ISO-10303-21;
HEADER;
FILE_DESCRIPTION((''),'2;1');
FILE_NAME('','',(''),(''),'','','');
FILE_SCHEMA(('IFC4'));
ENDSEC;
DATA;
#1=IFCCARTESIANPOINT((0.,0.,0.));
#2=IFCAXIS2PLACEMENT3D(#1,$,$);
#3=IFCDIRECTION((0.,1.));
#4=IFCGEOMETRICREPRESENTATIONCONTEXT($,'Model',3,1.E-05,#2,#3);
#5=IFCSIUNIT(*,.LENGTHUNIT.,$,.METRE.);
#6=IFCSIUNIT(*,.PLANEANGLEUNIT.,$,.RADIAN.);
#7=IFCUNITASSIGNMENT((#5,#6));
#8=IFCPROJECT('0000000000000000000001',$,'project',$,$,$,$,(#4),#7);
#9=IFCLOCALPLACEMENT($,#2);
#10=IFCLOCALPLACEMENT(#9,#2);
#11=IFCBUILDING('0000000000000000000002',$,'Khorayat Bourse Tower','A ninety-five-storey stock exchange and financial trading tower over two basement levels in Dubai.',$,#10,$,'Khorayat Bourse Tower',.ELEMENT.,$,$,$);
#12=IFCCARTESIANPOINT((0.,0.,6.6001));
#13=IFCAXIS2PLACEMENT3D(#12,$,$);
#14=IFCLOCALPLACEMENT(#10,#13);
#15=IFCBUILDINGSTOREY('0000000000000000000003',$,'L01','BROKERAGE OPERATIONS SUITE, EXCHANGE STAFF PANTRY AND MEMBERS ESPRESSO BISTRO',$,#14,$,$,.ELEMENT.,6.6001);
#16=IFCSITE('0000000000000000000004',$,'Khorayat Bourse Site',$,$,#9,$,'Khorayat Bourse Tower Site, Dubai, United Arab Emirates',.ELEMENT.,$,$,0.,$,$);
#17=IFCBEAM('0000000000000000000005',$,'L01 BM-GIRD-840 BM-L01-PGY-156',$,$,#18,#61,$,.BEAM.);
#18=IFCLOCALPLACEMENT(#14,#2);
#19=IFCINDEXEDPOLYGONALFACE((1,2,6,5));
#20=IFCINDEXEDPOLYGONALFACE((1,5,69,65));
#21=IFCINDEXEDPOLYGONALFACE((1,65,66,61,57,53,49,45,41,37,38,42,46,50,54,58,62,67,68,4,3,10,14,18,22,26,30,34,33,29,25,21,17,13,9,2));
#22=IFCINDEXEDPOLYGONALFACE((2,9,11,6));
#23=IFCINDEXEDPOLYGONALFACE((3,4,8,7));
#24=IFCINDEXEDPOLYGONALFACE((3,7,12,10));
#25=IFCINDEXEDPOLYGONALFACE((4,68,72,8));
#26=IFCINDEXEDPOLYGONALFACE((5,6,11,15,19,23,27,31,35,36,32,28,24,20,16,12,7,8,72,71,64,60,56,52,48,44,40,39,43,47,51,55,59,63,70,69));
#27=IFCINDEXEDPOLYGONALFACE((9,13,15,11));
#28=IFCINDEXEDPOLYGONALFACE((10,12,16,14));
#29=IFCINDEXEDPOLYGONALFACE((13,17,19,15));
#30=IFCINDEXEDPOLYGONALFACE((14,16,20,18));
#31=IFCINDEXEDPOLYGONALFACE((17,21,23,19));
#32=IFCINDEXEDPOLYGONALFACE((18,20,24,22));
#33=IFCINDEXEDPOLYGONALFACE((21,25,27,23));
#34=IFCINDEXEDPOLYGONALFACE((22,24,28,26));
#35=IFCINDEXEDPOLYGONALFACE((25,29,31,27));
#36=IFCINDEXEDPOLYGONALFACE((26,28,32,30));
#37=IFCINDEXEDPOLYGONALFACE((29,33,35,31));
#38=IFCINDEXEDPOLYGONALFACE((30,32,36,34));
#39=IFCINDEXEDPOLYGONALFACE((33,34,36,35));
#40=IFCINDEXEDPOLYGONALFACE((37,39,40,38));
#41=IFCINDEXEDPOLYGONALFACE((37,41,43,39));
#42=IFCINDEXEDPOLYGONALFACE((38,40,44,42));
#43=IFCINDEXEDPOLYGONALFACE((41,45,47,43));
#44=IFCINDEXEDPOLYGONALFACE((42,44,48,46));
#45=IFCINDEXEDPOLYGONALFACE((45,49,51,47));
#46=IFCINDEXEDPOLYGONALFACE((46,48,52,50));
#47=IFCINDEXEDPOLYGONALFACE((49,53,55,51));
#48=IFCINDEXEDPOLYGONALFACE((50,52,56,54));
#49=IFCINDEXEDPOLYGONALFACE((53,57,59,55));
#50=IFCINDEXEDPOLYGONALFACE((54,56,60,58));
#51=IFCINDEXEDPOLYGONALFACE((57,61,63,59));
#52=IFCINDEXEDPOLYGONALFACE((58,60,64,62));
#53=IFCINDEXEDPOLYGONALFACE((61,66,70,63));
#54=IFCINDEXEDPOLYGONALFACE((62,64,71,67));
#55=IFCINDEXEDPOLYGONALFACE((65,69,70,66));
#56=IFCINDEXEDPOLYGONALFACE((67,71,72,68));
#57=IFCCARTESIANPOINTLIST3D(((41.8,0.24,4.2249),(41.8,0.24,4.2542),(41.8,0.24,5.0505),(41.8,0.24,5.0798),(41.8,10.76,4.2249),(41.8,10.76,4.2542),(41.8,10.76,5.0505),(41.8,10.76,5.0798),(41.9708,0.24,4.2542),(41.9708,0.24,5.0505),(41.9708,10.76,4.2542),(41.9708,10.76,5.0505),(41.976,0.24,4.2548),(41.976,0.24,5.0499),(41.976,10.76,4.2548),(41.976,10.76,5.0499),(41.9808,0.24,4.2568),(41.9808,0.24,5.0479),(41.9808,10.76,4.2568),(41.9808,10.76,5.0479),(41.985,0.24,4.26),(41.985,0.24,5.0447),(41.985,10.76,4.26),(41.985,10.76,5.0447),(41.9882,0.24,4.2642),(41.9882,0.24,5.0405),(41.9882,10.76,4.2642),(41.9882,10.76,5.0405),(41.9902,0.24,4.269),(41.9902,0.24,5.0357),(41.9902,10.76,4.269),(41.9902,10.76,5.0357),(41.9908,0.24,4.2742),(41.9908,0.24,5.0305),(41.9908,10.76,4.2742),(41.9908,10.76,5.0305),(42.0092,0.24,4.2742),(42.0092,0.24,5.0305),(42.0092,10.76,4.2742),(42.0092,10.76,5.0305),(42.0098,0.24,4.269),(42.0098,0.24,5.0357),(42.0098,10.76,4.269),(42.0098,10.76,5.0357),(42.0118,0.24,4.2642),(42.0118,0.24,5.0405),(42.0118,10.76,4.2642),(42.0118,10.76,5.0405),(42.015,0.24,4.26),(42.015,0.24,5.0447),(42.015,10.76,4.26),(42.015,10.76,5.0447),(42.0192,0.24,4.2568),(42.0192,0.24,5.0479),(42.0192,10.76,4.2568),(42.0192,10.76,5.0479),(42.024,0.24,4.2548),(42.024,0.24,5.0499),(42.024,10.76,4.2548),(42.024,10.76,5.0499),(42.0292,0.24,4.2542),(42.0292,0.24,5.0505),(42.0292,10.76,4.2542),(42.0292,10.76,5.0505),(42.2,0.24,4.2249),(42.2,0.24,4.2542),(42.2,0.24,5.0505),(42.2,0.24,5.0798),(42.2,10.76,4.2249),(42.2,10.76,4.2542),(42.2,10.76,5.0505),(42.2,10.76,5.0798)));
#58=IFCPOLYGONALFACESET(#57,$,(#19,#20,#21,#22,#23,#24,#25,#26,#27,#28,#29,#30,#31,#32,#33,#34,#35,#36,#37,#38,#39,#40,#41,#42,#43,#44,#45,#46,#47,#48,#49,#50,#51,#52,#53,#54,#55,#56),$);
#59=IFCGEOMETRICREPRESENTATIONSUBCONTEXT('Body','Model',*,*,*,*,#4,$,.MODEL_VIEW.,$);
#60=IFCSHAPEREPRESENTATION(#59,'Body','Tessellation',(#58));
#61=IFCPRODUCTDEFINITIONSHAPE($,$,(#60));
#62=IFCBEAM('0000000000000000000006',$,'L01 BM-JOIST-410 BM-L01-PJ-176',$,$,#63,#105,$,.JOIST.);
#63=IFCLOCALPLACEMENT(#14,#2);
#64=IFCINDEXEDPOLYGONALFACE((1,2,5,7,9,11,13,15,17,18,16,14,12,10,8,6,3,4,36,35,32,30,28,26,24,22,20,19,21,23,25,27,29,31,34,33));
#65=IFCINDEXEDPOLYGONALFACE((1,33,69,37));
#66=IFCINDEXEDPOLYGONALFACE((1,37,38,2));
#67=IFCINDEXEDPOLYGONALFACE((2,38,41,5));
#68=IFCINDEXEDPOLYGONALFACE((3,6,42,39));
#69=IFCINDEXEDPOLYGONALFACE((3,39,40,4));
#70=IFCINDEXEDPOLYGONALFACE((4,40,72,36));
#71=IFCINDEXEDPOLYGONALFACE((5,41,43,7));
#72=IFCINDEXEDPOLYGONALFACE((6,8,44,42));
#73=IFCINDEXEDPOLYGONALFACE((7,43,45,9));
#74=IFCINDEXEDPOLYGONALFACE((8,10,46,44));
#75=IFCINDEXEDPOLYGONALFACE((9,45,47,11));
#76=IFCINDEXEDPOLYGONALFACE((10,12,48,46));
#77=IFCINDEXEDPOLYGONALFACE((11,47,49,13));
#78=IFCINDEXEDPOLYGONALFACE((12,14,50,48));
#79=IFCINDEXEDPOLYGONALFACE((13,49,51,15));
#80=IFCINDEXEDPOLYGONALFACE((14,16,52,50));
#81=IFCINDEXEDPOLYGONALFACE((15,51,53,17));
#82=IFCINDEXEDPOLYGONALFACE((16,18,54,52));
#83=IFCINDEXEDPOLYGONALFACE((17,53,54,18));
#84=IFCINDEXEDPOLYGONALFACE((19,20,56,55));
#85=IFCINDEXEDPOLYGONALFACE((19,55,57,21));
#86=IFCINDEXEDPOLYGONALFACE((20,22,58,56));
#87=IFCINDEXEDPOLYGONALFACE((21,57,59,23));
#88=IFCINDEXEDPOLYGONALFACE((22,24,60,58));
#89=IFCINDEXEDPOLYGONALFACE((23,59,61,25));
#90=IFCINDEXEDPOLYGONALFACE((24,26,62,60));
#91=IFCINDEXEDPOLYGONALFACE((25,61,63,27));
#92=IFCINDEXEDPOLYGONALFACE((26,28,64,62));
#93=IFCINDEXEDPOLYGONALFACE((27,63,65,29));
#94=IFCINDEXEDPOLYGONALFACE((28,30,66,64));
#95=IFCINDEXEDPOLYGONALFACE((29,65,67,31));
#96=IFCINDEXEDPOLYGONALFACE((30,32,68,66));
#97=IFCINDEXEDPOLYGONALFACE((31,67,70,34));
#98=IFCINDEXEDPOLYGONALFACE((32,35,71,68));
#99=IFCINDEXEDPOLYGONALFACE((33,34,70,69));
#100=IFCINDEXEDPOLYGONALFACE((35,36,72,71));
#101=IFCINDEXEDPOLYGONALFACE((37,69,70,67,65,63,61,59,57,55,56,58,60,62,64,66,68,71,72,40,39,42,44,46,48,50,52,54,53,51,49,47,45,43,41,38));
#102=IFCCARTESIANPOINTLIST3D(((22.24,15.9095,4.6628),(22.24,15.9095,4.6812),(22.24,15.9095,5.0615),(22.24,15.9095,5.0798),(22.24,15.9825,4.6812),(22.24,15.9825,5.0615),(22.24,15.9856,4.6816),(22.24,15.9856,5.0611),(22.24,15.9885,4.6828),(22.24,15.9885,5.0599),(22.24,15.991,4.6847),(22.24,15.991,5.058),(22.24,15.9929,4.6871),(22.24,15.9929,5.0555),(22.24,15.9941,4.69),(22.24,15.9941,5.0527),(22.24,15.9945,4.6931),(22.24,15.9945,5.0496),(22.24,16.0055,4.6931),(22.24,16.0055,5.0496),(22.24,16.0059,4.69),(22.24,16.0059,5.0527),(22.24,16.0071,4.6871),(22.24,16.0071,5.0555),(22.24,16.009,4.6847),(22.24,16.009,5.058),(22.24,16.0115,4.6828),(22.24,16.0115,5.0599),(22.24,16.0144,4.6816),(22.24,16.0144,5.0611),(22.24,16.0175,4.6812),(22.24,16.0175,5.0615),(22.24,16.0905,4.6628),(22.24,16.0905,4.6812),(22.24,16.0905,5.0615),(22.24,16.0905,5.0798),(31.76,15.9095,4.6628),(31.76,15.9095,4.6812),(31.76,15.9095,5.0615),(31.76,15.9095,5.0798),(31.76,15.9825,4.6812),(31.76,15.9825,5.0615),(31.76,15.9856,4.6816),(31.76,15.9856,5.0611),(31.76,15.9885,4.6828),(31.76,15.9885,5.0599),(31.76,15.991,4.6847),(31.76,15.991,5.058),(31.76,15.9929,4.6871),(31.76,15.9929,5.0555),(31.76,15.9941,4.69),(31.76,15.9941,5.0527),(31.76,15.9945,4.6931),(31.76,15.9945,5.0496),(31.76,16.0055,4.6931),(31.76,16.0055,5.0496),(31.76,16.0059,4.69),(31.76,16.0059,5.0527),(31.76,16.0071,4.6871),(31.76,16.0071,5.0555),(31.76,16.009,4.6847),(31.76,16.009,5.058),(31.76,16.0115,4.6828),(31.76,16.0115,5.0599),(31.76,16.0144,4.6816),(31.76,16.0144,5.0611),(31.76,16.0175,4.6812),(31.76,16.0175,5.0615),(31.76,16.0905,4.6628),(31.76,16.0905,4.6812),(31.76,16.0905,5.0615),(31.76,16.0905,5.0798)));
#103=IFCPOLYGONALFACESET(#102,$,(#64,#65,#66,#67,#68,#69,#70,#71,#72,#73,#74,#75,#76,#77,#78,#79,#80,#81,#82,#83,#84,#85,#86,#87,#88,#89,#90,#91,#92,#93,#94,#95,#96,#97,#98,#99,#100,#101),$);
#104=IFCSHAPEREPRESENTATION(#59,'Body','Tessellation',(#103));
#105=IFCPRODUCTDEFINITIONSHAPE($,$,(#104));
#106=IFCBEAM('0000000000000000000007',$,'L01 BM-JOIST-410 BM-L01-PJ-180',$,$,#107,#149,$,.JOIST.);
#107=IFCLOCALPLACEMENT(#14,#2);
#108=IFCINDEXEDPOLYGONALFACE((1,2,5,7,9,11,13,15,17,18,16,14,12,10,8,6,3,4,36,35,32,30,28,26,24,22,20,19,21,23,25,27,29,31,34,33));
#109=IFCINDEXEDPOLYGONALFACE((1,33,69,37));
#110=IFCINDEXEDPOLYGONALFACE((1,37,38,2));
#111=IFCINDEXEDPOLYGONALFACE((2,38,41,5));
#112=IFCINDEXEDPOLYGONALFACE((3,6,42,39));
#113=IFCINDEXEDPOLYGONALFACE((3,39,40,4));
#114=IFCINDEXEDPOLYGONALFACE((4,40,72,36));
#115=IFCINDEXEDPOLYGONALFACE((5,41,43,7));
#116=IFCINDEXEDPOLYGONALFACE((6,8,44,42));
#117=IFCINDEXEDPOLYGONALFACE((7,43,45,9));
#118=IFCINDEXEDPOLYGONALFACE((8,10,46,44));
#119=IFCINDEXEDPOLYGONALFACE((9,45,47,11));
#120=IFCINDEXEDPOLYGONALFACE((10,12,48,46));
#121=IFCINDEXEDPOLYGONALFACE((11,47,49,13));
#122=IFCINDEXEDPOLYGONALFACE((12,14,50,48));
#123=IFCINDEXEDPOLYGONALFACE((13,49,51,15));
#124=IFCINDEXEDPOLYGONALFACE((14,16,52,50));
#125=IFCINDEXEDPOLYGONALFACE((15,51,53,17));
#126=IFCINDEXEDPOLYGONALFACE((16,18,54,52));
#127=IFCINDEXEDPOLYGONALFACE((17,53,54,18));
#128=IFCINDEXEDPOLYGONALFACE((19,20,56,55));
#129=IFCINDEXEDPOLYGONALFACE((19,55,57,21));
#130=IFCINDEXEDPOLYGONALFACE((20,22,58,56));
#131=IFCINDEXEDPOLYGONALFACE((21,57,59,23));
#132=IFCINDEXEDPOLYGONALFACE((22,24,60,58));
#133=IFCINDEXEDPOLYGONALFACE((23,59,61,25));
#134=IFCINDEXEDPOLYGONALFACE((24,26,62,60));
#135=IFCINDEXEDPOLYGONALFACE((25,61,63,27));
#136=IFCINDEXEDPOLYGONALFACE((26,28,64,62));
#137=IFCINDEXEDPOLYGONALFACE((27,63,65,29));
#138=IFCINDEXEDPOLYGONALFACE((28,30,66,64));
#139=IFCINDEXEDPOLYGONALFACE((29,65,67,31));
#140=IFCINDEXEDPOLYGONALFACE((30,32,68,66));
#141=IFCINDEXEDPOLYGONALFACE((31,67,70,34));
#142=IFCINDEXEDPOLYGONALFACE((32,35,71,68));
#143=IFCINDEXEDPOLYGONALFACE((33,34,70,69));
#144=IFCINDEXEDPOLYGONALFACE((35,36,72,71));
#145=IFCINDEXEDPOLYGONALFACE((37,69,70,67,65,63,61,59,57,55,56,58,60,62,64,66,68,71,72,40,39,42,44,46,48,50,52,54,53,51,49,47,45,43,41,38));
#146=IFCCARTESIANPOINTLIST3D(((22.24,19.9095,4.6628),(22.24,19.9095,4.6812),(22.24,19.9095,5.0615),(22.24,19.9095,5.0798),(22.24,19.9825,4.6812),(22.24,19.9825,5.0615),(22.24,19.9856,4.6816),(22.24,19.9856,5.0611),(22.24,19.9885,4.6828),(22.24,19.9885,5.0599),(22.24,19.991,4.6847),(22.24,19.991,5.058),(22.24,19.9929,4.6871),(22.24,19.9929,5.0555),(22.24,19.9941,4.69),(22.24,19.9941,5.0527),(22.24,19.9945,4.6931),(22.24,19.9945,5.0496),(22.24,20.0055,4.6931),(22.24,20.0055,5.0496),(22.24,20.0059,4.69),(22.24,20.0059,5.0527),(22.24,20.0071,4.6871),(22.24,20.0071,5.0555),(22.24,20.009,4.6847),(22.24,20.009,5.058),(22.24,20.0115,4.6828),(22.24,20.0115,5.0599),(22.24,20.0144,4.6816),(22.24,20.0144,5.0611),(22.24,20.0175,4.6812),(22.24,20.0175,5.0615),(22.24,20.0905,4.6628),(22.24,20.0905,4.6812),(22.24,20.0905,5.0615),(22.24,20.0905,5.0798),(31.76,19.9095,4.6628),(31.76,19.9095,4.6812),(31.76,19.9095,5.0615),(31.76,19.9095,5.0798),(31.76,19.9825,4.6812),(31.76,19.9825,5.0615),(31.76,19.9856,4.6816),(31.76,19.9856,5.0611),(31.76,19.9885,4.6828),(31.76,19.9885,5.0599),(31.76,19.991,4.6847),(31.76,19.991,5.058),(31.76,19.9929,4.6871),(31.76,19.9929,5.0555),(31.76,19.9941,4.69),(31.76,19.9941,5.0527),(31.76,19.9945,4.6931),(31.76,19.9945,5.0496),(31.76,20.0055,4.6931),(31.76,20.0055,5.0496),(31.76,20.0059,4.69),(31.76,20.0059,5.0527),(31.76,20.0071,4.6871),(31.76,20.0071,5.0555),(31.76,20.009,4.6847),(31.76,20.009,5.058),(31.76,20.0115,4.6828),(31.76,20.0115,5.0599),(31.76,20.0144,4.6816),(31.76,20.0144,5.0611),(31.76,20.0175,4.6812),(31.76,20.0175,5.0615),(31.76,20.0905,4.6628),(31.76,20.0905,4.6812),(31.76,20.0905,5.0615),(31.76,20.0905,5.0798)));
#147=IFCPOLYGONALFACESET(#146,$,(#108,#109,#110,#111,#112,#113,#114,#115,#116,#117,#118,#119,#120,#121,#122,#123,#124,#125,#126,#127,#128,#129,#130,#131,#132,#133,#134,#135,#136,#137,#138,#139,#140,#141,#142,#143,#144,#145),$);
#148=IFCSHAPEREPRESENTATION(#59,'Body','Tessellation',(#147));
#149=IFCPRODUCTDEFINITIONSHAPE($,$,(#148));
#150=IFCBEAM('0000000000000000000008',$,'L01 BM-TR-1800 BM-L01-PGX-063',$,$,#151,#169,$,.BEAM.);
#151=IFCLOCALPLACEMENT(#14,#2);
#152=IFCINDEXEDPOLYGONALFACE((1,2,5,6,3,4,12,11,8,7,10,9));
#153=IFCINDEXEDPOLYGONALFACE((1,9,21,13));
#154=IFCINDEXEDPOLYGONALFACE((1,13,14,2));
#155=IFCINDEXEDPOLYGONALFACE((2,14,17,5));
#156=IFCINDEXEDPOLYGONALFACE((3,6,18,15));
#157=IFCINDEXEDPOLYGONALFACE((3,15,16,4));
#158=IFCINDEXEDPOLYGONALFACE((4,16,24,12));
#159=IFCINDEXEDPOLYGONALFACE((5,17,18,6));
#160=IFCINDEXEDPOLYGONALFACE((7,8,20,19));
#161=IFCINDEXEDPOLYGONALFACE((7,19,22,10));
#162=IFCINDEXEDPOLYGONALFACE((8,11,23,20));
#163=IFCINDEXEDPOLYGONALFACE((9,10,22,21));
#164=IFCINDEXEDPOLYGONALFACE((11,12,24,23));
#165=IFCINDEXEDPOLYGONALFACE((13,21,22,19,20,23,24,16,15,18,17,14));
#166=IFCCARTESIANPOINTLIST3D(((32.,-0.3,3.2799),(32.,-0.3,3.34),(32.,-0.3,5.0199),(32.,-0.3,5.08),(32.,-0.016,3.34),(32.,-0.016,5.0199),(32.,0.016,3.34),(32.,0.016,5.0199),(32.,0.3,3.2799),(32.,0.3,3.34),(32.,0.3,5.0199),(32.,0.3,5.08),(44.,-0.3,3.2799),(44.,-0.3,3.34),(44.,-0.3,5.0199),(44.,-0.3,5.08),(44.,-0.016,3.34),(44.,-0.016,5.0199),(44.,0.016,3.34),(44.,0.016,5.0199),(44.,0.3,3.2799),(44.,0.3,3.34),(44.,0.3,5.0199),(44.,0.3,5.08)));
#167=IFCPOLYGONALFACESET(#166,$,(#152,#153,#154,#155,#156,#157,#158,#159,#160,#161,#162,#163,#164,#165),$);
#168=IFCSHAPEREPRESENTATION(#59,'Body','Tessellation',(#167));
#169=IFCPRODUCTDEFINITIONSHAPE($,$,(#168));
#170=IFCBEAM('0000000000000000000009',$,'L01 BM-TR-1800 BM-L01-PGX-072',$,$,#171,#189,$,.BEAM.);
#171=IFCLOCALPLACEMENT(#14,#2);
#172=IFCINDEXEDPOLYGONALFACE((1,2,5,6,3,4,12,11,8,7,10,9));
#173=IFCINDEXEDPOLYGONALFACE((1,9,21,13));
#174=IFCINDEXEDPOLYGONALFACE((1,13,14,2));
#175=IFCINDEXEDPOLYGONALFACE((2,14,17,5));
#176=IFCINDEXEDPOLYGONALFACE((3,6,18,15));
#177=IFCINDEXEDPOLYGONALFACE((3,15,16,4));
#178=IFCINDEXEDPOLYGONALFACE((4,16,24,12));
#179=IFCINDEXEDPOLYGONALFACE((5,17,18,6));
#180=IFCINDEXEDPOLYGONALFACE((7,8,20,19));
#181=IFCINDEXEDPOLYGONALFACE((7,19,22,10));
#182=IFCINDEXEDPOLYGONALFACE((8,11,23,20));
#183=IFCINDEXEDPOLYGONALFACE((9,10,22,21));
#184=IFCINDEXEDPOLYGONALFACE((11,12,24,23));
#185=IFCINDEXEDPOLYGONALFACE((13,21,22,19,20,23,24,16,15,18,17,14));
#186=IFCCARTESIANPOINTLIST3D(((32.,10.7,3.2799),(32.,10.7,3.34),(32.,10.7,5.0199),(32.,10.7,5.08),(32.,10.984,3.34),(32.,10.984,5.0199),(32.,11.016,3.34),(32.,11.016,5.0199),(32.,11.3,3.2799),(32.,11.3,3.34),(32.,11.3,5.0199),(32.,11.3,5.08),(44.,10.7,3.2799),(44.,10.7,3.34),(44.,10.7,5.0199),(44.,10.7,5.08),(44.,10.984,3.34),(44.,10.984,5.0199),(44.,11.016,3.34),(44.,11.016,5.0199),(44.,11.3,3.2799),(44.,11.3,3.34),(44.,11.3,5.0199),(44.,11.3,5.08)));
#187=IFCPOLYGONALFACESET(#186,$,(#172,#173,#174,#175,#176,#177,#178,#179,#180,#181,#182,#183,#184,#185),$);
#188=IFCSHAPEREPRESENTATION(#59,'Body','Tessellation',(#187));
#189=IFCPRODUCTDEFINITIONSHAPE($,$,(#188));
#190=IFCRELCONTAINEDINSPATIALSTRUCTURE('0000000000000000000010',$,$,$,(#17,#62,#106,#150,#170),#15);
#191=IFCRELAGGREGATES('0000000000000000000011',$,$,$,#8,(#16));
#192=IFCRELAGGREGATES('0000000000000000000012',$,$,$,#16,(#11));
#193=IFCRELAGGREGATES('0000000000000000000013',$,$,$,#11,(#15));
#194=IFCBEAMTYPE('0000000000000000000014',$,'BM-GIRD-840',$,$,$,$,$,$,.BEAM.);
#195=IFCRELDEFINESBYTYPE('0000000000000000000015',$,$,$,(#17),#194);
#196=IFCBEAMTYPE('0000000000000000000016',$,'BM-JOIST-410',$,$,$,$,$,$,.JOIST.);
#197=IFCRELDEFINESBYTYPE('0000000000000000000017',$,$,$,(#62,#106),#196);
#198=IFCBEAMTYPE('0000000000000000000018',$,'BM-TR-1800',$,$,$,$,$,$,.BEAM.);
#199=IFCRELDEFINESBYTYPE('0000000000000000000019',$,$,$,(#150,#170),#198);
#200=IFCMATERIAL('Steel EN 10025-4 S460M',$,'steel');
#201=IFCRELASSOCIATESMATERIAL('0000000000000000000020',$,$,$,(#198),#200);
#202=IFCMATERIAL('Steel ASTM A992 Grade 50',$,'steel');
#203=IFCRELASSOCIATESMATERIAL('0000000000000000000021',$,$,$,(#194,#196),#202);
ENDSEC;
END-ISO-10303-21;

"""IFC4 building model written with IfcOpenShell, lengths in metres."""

from ifc_helpers import new_model, si_unit, direction, frame, origin, origin_2d, place, context, subcontext, project, spatial, i_section, extrude, source, transform, mapped, material, material_profile, profile_set, type_object, element, save


model = new_model("IFC4")

# Units and contexts
model_context = context("Model", 3, precision=1e-05, world=origin(), true_north=direction((0.0, 1.0)))
body_context = subcontext(model_context, "Body", "Model", "MODEL_VIEW")
ifc_project = project(units=[si_unit("LENGTHUNIT", "METRE"), si_unit("PLANEANGLEUNIT", "RADIAN")], contexts=[model_context])

# Site, building, storey
site_placement = place(None, origin())
site = spatial("IfcSite", under=ifc_project, at=site_placement, Name="Khorayat Bourse Site", LongName="Khorayat Bourse Tower Site, Dubai, United Arab Emirates", CompositionType="ELEMENT", RefElevation=0.0)
building_placement = place(site_placement, origin())
building = spatial("IfcBuilding", under=site, at=building_placement, Name="Khorayat Bourse Tower", Description="A ninety-five-storey stock exchange and financial trading tower over two basement levels in Dubai.", LongName="Khorayat Bourse Tower", CompositionType="ELEMENT")
storey_placement = place(building_placement, frame((0.0, 0.0, 6.6001)))
storey = spatial("IfcBuildingStorey", under=building, at=storey_placement, Name="L01", Description="BROKERAGE OPERATIONS SUITE, EXCHANGE STAFF PANTRY AND MEMBERS ESPRESSO BISTRO", CompositionType="ELEMENT", Elevation=6.6001)

# Beams
ifc_material_1 = material(Name="Steel EN 10025-4 S460M", Category="steel")
ifc_material_profile_1 = material_profile(ifc_material_1, i_section(OverallWidth=0.6001, OverallDepth=1.8, WebThickness=0.032, FlangeThickness=0.0601, at=origin_2d()), Name="PG 1800x600x32x60")
ifc_profile_set_1 = profile_set([ifc_material_profile_1], Name="Steel EN 10025-4 S460M")
beam_type_1 = type_object("IfcBeamType", Name="BM-TR-1800", PredefinedType="BEAM", material=ifc_profile_set_1)
ifc_material_2 = material(Name="Steel ASTM A992 Grade 50", Category="steel")
ifc_material_profile_2 = material_profile(ifc_material_2, i_section(OverallWidth=0.3999, OverallDepth=0.855, WebThickness=0.0183, FlangeThickness=0.0293, FilletRadius=0.02, at=origin_2d()), Name="W840X299")
ifc_profile_set_2 = profile_set([ifc_material_profile_2], Name="Steel ASTM A992 Grade 50")
beam_type_2 = type_object("IfcBeamType", Name="BM-GIRD-840", PredefinedType="BEAM", material=ifc_profile_set_2)
shared_shape_1 = source(origin(), body_context, "Body", "SweptSolid", [
    extrude(i_section(OverallWidth=0.3999, OverallDepth=0.855, WebThickness=0.0183, FlangeThickness=0.0293, FilletRadius=0.02, at=origin_2d()), origin(), (0.0, 0.0, 1.0), 10.52),
])
beam_1_placement = place(storey_placement, frame((42.0, 0.24, 4.6523), z_axis=(0.0, 1.0, 0.0), x_axis=(-1.0, 0.0, 0.0)))
element("IfcBeam", 1, at=beam_1_placement, inside=storey, type_object=beam_type_2, Name="L01 BM-GIRD-840 BM-L01-PGY-156", PredefinedType="BEAM", context=body_context, shape_type="MappedRepresentation", body=[
    mapped(shared_shape_1, transform((0.0, 0.0, 0.0), scale=1.0)),
])
ifc_material_profile_3 = material_profile(ifc_material_2, i_section(OverallWidth=0.1809, OverallDepth=0.417, WebThickness=0.011, FlangeThickness=0.0183, FilletRadius=0.012, at=origin_2d()), Name="W410X85")
ifc_profile_set_3 = profile_set([ifc_material_profile_3], Name="Steel ASTM A992 Grade 50")
beam_type_3 = type_object("IfcBeamType", Name="BM-JOIST-410", PredefinedType="JOIST", material=ifc_profile_set_3)
shared_shape_2 = source(origin(), body_context, "Body", "SweptSolid", [
    extrude(i_section(OverallWidth=0.1809, OverallDepth=0.417, WebThickness=0.011, FlangeThickness=0.0183, FilletRadius=0.012, at=origin_2d()), origin(), (0.0, 0.0, 1.0), 9.52),
])
for number, where, z_axis, x_axis, name in (
    (2, (22.24, 16.0, 4.8713), (1.0, 0.0, 0.0), (0.0, 1.0, 0.0), "L01 BM-JOIST-410 BM-L01-PJ-176"),
    (3, (22.24, 20.0, 4.8713), (1.0, 0.0, 0.0), (0.0, 1.0, 0.0), "L01 BM-JOIST-410 BM-L01-PJ-180"),
):
    element("IfcBeam", number, at=place(storey_placement, frame(where, z_axis=z_axis, x_axis=x_axis)), inside=storey, type_object=beam_type_3, Name=name, PredefinedType="JOIST", context=body_context, shape_type="MappedRepresentation", body=[
        mapped(shared_shape_2, transform((0.0, 0.0, 0.0), scale=1.0)),
    ])
shared_shape_3 = source(origin(), body_context, "Body", "SweptSolid", [
    extrude(i_section(OverallWidth=0.6001, OverallDepth=1.8, WebThickness=0.032, FlangeThickness=0.0601, at=origin_2d()), origin(), (0.0, 0.0, 1.0), 12.0),
])
for number, where, z_axis, x_axis, name in (
    (4, (32.0, 0.0, 4.1799), (1.0, 0.0, 0.0), (0.0, 1.0, 0.0), "L01 BM-TR-1800 BM-L01-PGX-063"),
    (5, (32.0, 11.0, 4.1799), (1.0, 0.0, 0.0), (0.0, 1.0, 0.0), "L01 BM-TR-1800 BM-L01-PGX-072"),
):
    element("IfcBeam", number, at=place(storey_placement, frame(where, z_axis=z_axis, x_axis=x_axis)), inside=storey, type_object=beam_type_1, Name=name, PredefinedType="BEAM", context=body_context, shape_type="MappedRepresentation", body=[
        mapped(shared_shape_3, transform((0.0, 0.0, 0.0), scale=1.0)),
    ])

save(model, "model.ifc")
